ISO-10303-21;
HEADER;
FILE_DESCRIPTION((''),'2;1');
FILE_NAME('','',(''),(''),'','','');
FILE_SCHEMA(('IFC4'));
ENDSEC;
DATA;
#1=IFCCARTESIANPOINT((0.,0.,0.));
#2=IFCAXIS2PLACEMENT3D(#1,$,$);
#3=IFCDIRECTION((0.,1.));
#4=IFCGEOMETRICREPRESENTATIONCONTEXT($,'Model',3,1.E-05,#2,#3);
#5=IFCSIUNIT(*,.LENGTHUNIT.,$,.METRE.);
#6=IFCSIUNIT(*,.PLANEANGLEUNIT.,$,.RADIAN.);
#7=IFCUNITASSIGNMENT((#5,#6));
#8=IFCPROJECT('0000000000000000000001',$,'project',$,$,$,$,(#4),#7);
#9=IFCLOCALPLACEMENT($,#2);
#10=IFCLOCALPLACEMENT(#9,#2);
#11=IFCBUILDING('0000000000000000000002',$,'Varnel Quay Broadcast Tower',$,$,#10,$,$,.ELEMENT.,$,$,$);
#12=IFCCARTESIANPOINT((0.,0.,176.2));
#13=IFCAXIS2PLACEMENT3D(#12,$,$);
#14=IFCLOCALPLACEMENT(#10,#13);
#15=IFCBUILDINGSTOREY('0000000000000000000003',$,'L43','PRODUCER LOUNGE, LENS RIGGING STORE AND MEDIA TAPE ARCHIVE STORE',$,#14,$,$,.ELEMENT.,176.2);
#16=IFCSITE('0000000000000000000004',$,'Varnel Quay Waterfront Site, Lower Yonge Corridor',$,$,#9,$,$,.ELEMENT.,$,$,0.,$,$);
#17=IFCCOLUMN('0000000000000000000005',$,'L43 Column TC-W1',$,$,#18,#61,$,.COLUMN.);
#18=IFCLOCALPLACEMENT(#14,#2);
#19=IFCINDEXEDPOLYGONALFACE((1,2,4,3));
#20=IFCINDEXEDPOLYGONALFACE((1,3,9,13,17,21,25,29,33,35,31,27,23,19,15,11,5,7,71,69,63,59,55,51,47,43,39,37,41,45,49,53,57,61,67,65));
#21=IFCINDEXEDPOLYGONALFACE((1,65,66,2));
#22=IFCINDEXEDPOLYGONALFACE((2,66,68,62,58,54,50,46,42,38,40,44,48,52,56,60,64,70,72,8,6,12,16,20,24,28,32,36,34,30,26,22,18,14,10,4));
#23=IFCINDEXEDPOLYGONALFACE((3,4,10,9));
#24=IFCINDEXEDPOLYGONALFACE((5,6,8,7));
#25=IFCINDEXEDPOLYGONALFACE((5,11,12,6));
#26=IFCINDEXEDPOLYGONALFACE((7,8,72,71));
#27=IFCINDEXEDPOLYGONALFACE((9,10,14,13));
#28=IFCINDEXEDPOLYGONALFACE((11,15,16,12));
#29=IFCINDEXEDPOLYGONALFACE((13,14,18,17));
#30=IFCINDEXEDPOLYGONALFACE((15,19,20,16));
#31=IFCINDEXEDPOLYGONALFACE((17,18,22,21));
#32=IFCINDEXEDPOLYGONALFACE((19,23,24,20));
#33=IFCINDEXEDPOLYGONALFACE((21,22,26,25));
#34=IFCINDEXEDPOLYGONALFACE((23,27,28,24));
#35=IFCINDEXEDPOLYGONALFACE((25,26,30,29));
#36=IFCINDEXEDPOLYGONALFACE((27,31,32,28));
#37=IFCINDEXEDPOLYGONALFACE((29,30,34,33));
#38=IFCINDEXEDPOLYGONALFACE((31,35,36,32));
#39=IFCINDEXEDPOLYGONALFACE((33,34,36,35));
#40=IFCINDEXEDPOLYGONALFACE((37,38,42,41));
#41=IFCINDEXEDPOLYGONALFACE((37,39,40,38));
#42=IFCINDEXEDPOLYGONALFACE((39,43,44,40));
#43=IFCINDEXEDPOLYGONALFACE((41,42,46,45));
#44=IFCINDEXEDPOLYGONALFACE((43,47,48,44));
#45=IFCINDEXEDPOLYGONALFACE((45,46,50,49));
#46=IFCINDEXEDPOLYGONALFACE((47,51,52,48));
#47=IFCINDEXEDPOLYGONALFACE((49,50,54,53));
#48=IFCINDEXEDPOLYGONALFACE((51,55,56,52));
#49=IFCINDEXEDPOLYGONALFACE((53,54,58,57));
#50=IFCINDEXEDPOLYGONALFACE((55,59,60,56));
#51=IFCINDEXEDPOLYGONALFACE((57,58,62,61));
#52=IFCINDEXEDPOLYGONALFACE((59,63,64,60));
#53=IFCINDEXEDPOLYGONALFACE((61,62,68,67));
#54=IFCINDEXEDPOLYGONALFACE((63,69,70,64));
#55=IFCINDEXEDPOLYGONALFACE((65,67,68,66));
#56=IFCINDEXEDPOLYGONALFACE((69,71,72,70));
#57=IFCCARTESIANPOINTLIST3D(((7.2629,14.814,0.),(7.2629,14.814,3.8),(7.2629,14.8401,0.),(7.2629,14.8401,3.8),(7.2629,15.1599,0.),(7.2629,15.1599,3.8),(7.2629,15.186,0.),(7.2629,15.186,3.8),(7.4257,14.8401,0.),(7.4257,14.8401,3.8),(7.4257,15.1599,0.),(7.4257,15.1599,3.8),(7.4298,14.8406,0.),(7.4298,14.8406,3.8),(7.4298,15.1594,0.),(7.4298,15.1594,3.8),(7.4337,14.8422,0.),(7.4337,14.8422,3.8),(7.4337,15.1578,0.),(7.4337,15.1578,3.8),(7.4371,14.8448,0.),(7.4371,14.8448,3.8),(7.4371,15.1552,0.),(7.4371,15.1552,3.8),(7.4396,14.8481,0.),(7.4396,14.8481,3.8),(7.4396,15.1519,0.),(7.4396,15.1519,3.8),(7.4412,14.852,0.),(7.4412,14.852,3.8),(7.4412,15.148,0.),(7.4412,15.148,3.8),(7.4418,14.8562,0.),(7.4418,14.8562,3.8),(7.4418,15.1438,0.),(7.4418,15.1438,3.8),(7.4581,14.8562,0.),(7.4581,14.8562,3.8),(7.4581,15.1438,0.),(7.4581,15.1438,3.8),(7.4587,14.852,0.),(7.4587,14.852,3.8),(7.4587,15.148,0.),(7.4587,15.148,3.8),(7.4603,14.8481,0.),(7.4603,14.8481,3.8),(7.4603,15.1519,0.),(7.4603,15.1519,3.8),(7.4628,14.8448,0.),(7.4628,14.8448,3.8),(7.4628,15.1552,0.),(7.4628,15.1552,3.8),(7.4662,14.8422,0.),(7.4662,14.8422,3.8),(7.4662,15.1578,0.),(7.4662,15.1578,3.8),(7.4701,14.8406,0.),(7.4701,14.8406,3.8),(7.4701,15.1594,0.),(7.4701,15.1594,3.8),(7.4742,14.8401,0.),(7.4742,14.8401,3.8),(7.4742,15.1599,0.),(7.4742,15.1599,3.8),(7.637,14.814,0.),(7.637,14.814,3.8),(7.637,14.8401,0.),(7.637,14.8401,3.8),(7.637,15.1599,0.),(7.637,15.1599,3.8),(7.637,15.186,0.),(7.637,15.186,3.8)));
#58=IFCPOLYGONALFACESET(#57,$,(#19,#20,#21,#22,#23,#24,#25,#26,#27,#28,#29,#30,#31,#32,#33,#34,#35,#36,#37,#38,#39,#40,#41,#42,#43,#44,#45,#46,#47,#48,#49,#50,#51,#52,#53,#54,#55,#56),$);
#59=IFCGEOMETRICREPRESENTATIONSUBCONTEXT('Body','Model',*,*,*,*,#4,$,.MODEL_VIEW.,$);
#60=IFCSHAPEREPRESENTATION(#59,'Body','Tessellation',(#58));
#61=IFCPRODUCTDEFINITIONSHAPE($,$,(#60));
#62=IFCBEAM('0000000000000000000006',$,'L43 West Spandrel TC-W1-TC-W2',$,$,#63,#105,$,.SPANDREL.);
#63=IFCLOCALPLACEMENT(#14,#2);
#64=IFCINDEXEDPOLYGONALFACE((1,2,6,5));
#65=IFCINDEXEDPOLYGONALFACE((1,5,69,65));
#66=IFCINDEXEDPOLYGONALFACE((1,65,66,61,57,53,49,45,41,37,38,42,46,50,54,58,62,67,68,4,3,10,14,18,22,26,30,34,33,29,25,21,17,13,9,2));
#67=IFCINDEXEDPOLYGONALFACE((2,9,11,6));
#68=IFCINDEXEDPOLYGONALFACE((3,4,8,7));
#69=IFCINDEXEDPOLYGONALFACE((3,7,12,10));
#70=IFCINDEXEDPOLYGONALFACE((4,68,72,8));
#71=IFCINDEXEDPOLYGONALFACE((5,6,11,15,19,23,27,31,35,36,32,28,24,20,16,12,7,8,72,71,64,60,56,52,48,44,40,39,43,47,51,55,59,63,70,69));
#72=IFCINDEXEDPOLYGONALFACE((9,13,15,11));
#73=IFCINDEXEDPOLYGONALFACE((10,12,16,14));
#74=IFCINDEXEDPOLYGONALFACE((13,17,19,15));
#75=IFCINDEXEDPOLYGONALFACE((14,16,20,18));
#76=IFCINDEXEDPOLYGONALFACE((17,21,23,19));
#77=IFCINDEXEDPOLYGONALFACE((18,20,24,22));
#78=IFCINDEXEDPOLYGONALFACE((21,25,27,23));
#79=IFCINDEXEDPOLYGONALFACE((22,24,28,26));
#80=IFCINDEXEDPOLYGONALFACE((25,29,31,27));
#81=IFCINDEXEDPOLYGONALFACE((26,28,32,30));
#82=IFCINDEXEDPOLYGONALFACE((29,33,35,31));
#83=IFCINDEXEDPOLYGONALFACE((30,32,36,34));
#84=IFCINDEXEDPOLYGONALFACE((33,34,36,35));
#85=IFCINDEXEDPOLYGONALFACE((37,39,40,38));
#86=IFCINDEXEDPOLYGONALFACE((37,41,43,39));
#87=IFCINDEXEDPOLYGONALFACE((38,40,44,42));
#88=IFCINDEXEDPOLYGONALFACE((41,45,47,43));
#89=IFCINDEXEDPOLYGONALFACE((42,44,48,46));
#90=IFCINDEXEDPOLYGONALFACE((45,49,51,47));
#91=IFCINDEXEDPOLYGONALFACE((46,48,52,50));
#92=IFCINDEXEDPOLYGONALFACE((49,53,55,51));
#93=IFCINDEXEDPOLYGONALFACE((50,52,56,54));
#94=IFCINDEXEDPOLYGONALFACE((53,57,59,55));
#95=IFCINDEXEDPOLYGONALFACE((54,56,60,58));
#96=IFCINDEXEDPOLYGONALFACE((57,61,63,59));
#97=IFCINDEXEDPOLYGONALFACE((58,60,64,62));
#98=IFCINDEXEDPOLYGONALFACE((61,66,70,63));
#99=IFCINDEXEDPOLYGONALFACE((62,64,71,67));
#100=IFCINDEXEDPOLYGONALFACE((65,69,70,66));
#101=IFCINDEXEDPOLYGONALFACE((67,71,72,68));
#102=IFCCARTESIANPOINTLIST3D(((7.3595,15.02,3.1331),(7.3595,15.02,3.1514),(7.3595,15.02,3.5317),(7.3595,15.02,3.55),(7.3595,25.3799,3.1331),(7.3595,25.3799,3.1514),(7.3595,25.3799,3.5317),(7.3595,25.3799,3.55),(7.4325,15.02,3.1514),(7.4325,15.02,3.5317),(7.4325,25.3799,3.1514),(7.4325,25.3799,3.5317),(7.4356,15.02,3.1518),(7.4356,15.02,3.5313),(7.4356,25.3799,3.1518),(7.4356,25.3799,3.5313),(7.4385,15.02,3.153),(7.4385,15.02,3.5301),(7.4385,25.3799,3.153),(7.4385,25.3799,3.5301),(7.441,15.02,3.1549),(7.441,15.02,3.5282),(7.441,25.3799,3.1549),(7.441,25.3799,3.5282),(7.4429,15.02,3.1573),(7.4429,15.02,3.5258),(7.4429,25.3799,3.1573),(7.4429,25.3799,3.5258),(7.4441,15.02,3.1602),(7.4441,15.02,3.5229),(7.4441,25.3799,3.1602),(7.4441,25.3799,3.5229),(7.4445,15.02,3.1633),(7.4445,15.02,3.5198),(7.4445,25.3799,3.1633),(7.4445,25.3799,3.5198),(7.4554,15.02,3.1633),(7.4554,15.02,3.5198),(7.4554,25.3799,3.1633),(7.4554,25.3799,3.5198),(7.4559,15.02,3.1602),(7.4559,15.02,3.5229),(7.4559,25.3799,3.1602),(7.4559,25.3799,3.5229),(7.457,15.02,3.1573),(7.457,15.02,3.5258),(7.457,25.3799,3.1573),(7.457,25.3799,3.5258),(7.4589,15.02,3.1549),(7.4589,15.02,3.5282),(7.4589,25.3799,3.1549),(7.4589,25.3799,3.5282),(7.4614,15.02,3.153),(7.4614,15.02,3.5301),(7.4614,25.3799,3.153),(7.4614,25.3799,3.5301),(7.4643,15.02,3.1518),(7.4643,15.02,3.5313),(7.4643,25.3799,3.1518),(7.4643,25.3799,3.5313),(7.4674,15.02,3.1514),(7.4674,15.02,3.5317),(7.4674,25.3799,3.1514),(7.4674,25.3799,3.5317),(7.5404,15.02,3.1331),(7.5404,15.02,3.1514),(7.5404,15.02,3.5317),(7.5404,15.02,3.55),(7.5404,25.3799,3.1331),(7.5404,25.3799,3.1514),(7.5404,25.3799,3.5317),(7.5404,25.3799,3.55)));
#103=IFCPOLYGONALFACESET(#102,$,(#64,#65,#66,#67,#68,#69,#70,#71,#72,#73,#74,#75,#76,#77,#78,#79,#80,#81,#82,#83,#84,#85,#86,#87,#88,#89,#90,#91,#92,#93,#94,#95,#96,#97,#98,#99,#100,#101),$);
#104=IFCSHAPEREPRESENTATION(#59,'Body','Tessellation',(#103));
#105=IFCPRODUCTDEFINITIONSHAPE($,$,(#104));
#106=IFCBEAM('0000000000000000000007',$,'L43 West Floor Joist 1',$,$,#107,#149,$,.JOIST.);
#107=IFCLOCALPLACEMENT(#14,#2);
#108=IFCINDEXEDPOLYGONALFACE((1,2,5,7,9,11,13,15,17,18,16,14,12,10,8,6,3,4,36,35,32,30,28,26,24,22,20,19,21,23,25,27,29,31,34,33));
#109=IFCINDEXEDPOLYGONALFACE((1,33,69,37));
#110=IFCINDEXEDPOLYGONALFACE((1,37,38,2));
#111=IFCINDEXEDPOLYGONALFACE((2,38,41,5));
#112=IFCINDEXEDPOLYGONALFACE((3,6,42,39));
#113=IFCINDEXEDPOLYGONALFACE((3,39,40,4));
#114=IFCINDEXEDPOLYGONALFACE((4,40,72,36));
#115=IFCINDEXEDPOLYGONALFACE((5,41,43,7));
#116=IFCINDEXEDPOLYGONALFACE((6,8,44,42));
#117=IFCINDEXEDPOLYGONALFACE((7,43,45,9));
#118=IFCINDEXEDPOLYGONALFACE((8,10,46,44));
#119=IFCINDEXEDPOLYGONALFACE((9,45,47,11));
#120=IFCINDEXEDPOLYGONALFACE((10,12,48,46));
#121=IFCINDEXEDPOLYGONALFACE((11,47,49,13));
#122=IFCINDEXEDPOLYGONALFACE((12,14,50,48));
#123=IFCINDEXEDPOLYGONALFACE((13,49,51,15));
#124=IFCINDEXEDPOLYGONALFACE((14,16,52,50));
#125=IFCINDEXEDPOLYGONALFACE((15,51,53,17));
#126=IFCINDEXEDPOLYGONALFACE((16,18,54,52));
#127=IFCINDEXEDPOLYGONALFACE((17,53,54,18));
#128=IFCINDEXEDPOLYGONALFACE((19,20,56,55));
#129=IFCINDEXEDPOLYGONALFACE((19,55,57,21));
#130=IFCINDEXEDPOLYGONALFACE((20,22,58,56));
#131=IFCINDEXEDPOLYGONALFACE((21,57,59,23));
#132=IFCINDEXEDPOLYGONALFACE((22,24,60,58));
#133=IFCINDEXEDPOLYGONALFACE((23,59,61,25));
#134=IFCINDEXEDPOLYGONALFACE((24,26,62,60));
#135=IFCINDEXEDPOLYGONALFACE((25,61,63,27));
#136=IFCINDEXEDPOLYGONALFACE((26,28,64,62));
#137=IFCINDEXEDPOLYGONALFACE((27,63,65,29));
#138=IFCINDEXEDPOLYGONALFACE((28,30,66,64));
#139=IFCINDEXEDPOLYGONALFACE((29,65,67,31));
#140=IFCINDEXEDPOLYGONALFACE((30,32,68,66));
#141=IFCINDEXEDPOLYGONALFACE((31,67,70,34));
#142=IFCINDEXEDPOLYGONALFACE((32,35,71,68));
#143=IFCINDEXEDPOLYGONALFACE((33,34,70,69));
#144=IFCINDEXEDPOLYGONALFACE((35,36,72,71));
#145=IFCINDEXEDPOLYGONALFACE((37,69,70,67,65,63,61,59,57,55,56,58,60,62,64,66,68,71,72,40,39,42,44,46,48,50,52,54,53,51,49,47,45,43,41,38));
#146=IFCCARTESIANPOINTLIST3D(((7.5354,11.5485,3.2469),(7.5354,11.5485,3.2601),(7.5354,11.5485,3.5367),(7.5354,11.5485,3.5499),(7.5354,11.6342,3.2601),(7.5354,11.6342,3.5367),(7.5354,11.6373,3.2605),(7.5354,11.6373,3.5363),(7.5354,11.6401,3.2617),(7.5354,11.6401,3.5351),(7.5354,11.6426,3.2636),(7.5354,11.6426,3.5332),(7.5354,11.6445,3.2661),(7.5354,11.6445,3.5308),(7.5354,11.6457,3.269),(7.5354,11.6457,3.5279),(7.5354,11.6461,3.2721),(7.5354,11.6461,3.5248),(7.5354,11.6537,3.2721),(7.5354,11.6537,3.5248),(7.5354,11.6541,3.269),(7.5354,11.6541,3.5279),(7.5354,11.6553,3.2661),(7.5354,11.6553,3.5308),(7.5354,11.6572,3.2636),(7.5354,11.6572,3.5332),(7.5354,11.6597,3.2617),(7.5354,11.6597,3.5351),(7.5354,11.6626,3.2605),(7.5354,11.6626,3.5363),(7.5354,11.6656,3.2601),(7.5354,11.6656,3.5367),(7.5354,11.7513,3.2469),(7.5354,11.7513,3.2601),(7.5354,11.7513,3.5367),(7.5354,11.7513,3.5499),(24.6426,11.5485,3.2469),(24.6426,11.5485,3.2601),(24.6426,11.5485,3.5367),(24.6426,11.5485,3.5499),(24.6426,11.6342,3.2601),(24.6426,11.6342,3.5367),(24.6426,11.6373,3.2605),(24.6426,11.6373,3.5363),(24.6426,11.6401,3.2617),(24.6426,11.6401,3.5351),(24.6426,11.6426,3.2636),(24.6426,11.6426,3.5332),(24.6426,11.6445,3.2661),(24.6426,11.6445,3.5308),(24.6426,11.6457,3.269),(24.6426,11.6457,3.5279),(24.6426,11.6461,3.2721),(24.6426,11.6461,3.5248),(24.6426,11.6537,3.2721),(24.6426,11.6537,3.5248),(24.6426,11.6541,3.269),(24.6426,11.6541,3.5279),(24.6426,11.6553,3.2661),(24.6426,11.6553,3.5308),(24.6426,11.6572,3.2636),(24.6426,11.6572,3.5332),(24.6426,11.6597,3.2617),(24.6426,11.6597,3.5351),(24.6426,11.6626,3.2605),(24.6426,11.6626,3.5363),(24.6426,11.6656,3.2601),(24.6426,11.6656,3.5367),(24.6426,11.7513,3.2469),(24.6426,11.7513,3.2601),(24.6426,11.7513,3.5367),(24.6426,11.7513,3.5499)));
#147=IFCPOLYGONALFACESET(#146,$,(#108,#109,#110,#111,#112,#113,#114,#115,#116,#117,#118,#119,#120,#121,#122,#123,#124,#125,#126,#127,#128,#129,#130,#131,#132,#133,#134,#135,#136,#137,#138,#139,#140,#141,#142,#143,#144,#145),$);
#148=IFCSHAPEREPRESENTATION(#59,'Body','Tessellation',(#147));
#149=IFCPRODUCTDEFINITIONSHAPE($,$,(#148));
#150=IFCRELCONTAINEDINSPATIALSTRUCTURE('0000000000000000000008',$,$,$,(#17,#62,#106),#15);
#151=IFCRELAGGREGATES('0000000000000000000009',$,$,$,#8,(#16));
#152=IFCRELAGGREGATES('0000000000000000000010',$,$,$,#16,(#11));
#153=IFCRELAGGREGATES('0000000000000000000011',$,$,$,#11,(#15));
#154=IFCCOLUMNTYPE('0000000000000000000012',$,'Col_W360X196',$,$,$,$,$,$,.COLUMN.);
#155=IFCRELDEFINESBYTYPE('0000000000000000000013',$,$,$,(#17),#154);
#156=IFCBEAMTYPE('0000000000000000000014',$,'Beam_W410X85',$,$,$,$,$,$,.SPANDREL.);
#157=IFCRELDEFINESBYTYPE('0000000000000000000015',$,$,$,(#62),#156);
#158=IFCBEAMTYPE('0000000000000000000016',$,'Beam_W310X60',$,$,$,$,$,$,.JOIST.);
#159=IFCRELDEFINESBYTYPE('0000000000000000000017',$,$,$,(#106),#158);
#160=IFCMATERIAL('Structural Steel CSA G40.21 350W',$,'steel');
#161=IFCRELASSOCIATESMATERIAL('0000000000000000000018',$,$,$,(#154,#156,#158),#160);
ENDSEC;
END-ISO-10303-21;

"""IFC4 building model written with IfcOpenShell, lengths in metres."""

from ifc_helpers import new_model, si_unit, direction, frame, origin, origin_2d, place, context, subcontext, project, spatial, i_section, extrude, source, transform, mapped, material, material_profile, profile_set, type_object, type_shapes, element, save


model = new_model("IFC4")

# Units and contexts
model_context = context("Model", 3, precision=1e-05, world=origin(), true_north=direction((0.0, 1.0)))
body_context = subcontext(model_context, "Body", "Model", "MODEL_VIEW")
ifc_project = project(units=[si_unit("LENGTHUNIT", "METRE"), si_unit("PLANEANGLEUNIT", "RADIAN")], contexts=[model_context])

# Site, building, storey
site_placement = place(None, origin())
site = spatial("IfcSite", under=ifc_project, at=site_placement, Name="Varnel Quay Waterfront Site, Lower Yonge Corridor", CompositionType="ELEMENT", RefElevation=0.0)
building_placement = place(site_placement, origin())
building = spatial("IfcBuilding", under=site, at=building_placement, Name="Varnel Quay Broadcast Tower", CompositionType="ELEMENT")
storey_placement = place(building_placement, frame((0.0, 0.0, 176.2)))
storey = spatial("IfcBuildingStorey", under=building, at=storey_placement, Name="L43", Description="PRODUCER LOUNGE, LENS RIGGING STORE AND MEDIA TAPE ARCHIVE STORE", CompositionType="ELEMENT", Elevation=176.2)

# Column
ifc_material_1 = material(Name="Structural Steel CSA G40.21 350W", Category="steel")
ifc_material_profile_1 = material_profile(ifc_material_1, i_section(OverallWidth=0.374, OverallDepth=0.3721, WebThickness=0.0164, FlangeThickness=0.0261, FilletRadius=0.0161, at=origin_2d()), Name="W360X196")
ifc_profile_set_1 = profile_set([ifc_material_profile_1], Name="Structural Steel CSA G40.21 350W")
column_type = type_object("IfcColumnType", Name="Col_W360X196", PredefinedType="COLUMN", material=ifc_profile_set_1)
shared_shape_1 = source(origin(), body_context, "Body", "SweptSolid", [
    extrude(i_section(OverallWidth=0.374, OverallDepth=0.3721, WebThickness=0.0164, FlangeThickness=0.0261, FilletRadius=0.0161, at=origin_2d()), origin(), (0.0, 0.0, 1.0), 3.8),
])
type_shapes(column_type, [shared_shape_1])
column_placement = place(storey_placement, frame((7.45, 15.0, 0.0), z_axis=(0.0, 0.0, 1.0), x_axis=(1.0, 0.0, 0.0)))
element("IfcColumn", 1, at=column_placement, inside=storey, type_object=column_type, Name="L43 Column TC-W1", PredefinedType="COLUMN", context=body_context, shape_type="MappedRepresentation", body=[
    mapped(shared_shape_1, transform((0.0, 0.0, 0.0), x_axis=(1.0, 0.0, 0.0), y_axis=(0.0, 1.0, 0.0), z_axis=(0.0, 0.0, 1.0), scale=1.0)),
])

# Beams
ifc_material_profile_2 = material_profile(ifc_material_1, i_section(OverallWidth=0.1809, OverallDepth=0.417, WebThickness=0.011, FlangeThickness=0.0183, FilletRadius=0.012, at=origin_2d()), Name="W410X85")
ifc_profile_set_2 = profile_set([ifc_material_profile_2], Name="Structural Steel CSA G40.21 350W")
beam_type_1 = type_object("IfcBeamType", Name="Beam_W410X85", PredefinedType="SPANDREL", material=ifc_profile_set_2)
shared_shape_2 = source(origin(), body_context, "Body", "SweptSolid", [
    extrude(i_section(OverallWidth=0.1809, OverallDepth=0.417, WebThickness=0.011, FlangeThickness=0.0183, FilletRadius=0.012, at=origin_2d()), origin(), (0.0, 0.0, 1.0), 10.3599),
])
type_shapes(beam_type_1, [shared_shape_2])
beam_1_placement = place(storey_placement, frame((7.45, 15.02, 3.3416), z_axis=(0.0, 1.0, 0.0), x_axis=(-1.0, 0.0, 0.0)))
element("IfcBeam", 2, at=beam_1_placement, inside=storey, type_object=beam_type_1, Name="L43 West Spandrel TC-W1-TC-W2", PredefinedType="SPANDREL", context=body_context, shape_type="MappedRepresentation", body=[
    mapped(shared_shape_2, transform((0.0, 0.0, 0.0), x_axis=(1.0, 0.0, 0.0), y_axis=(0.0, 1.0, 0.0), z_axis=(0.0, 0.0, 1.0), scale=1.0)),
])
ifc_material_profile_3 = material_profile(ifc_material_1, i_section(OverallWidth=0.2029, OverallDepth=0.303, WebThickness=0.0076, FlangeThickness=0.0132, FilletRadius=0.012, at=origin_2d()), Name="W310X60")
ifc_profile_set_3 = profile_set([ifc_material_profile_3], Name="Structural Steel CSA G40.21 350W")
beam_type_2 = type_object("IfcBeamType", Name="Beam_W310X60", PredefinedType="JOIST", material=ifc_profile_set_3)
shared_shape_3 = source(origin(), body_context, "Body", "SweptSolid", [
    extrude(i_section(OverallWidth=0.2029, OverallDepth=0.303, WebThickness=0.0076, FlangeThickness=0.0132, FilletRadius=0.012, at=origin_2d()), origin(), (0.0, 0.0, 1.0), 17.1072),
])
type_shapes(beam_type_2, [shared_shape_3])
beam_2_placement = place(storey_placement, frame((7.5354, 11.6499, 3.3984), z_axis=(1.0, 0.0, 0.0), x_axis=(0.0, 1.0, 0.0)))
element("IfcBeam", 3, at=beam_2_placement, inside=storey, type_object=beam_type_2, Name="L43 West Floor Joist 1", PredefinedType="JOIST", context=body_context, shape_type="MappedRepresentation", body=[
    mapped(shared_shape_3, transform((0.0, 0.0, 0.0), x_axis=(1.0, 0.0, 0.0), y_axis=(0.0, 1.0, 0.0), z_axis=(0.0, 0.0, 1.0), scale=1.0)),
])

save(model, "model.ifc")
